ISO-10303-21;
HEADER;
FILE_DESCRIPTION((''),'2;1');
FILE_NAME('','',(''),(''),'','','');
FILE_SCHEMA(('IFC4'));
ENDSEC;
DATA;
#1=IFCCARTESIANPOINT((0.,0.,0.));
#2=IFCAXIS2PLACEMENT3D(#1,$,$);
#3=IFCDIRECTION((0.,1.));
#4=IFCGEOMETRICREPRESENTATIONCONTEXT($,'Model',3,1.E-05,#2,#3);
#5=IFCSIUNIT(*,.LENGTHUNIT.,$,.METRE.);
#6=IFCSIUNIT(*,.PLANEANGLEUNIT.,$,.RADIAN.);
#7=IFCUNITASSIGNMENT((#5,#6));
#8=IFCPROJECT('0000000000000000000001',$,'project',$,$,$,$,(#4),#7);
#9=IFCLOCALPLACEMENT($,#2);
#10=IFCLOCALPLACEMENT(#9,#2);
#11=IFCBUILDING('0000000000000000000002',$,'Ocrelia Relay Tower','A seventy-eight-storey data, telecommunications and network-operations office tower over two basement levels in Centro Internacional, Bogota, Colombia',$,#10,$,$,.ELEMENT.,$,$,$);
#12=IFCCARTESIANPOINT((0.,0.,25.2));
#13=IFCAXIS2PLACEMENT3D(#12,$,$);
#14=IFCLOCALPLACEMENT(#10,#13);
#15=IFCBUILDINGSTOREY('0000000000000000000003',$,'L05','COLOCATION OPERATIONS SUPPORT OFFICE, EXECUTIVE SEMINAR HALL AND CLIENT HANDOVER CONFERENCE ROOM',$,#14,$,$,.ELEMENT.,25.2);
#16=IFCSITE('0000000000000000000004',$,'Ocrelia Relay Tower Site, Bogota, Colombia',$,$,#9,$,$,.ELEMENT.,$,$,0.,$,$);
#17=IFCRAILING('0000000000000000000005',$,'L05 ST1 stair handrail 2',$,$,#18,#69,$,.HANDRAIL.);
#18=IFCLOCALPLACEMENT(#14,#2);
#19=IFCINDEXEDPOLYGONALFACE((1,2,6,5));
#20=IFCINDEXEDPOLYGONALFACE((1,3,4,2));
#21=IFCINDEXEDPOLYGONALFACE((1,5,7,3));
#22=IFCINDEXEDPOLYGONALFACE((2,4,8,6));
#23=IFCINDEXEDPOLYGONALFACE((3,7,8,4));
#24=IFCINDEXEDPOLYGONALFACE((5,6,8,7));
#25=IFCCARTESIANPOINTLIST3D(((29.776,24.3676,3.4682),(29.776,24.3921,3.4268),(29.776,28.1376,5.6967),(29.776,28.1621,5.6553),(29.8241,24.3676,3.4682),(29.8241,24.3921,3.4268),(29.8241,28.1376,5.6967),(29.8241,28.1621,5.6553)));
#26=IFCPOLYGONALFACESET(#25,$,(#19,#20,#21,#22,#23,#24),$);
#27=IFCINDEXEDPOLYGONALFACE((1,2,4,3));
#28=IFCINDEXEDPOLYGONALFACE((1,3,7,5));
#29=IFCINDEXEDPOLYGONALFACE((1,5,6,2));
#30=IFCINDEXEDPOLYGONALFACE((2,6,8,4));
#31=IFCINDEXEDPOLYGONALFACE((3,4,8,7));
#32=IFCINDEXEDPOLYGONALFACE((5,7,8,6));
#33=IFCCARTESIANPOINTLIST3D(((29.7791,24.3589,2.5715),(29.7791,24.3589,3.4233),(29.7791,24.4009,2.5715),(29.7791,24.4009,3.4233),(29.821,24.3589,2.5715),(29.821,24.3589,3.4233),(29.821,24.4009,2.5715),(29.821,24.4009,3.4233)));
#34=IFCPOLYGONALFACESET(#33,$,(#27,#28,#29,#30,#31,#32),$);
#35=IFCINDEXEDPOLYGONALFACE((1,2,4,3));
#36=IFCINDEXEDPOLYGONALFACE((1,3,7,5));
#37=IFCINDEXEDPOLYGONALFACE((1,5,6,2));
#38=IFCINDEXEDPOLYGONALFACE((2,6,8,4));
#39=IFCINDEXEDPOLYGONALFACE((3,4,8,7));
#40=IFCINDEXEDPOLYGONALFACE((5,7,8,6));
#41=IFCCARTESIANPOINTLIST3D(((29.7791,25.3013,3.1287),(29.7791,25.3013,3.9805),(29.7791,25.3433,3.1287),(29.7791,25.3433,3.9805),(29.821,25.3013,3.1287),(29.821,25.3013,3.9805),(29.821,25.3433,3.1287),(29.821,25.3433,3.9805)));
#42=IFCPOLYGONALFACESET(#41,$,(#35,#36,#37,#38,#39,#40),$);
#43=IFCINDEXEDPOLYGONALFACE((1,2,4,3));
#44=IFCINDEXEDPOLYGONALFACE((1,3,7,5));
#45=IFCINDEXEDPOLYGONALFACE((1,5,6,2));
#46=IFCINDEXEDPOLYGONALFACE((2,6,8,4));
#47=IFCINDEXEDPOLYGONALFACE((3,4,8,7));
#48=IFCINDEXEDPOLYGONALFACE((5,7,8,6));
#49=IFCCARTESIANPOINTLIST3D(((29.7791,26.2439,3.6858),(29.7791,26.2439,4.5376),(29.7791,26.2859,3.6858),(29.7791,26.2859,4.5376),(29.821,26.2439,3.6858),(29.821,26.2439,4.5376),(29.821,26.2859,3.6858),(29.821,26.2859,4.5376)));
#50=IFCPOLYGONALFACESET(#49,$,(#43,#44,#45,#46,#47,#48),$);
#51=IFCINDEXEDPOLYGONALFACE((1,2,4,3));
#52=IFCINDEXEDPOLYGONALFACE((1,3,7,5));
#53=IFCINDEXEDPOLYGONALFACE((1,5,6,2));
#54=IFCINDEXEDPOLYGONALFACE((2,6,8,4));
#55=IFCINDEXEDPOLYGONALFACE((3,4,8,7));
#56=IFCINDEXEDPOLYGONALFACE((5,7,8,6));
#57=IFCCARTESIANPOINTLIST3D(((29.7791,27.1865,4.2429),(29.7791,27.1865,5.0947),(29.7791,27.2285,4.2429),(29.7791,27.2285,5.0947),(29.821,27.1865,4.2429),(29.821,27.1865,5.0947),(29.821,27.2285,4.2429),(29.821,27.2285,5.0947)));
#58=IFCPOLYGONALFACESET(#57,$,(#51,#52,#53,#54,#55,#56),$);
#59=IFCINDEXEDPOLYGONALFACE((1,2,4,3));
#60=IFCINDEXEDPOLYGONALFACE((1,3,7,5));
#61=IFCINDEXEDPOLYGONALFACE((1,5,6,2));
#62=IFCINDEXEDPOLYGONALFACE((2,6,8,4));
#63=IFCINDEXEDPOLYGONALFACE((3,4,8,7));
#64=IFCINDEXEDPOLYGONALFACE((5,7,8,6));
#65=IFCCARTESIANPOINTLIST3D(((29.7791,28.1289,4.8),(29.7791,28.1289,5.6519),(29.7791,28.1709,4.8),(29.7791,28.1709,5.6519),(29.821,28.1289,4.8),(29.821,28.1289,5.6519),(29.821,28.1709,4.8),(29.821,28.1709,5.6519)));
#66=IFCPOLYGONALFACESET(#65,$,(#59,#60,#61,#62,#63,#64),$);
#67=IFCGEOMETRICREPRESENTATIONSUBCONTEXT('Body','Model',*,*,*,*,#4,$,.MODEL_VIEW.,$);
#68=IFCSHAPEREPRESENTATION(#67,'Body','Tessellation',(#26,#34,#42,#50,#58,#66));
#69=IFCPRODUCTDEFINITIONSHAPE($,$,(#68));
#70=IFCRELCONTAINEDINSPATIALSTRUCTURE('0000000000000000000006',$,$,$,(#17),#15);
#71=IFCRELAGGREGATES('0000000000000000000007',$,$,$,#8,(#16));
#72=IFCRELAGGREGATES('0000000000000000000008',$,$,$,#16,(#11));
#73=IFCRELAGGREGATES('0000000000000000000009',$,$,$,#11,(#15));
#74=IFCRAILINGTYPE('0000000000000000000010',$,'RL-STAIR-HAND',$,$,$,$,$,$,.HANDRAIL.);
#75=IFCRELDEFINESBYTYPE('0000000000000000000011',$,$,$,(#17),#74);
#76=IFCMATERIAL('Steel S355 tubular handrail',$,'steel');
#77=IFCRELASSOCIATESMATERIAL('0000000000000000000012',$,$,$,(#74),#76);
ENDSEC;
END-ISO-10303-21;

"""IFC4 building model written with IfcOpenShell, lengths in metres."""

from ifc_helpers import new_model, si_unit, direction, frame, origin, origin_2d, place, context, subcontext, project, spatial, rectangle, extrude, material, type_object, element, save


model = new_model("IFC4")

# Units and contexts
model_context = context("Model", 3, precision=1e-05, world=origin(), true_north=direction((0.0, 1.0)))
body_context = subcontext(model_context, "Body", "Model", "MODEL_VIEW")
ifc_project = project(units=[si_unit("LENGTHUNIT", "METRE"), si_unit("PLANEANGLEUNIT", "RADIAN")], contexts=[model_context])

# Site, building, storey
site_placement = place(None, origin())
site = spatial("IfcSite", under=ifc_project, at=site_placement, Name="Ocrelia Relay Tower Site, Bogota, Colombia", CompositionType="ELEMENT", RefElevation=0.0)
building_placement = place(site_placement, origin())
building = spatial("IfcBuilding", under=site, at=building_placement, Name="Ocrelia Relay Tower", Description="A seventy-eight-storey data, telecommunications and network-operations office tower over two basement levels in Centro Internacional, Bogota, Colombia", CompositionType="ELEMENT")
storey_placement = place(building_placement, frame((0.0, 0.0, 25.2)))
storey = spatial("IfcBuildingStorey", under=building, at=storey_placement, Name="L05", Description="COLOCATION OPERATIONS SUPPORT OFFICE, EXECUTIVE SEMINAR HALL AND CLIENT HANDOVER CONFERENCE ROOM", CompositionType="ELEMENT", Elevation=25.2)

# Railing
ifc_material_1 = material(Name="Steel S355 tubular handrail", Category="steel")
railing_type_1 = type_object("IfcRailingType", Name="RL-STAIR-HAND", PredefinedType="HANDRAIL", material=ifc_material_1)
railing_1_placement = place(storey_placement, frame((29.8, 24.3799, 2.5715)))
element("IfcRailing", 1, at=railing_1_placement, inside=storey, type_object=railing_type_1, Name="L05 ST1 stair handrail 2", PredefinedType="HANDRAIL", context=body_context, shape_type="SweptSolid", body=[
    extrude(rectangle(XDim=0.0481, YDim=0.0481, at=origin_2d()), frame((0.0, 0.0, 0.876), z_axis=(0.0, 0.860849, 0.508861), x_axis=(-1.0, 0.0, 0.0)), (0.0, 0.0, 1.0), 4.3794),
    extrude(rectangle(XDim=0.042, YDim=0.042, at=origin_2d()), origin(), (0.0, 0.0, 1.0), 0.8518),
    extrude(rectangle(XDim=0.042, YDim=0.042, at=origin_2d()), frame((0.0, 0.9424, 0.5571)), (0.0, 0.0, 1.0), 0.8518),
    extrude(rectangle(XDim=0.042, YDim=0.042, at=origin_2d()), frame((0.0, 1.885, 1.1143)), (0.0, 0.0, 1.0), 0.8518),
    extrude(rectangle(XDim=0.042, YDim=0.042, at=origin_2d()), frame((0.0, 2.8276, 1.6714)), (0.0, 0.0, 1.0), 0.8518),
    extrude(rectangle(XDim=0.042, YDim=0.042, at=origin_2d()), frame((0.0, 3.77, 2.2285)), (0.0, 0.0, 1.0), 0.8518),
])

save(model, "model.ifc")
